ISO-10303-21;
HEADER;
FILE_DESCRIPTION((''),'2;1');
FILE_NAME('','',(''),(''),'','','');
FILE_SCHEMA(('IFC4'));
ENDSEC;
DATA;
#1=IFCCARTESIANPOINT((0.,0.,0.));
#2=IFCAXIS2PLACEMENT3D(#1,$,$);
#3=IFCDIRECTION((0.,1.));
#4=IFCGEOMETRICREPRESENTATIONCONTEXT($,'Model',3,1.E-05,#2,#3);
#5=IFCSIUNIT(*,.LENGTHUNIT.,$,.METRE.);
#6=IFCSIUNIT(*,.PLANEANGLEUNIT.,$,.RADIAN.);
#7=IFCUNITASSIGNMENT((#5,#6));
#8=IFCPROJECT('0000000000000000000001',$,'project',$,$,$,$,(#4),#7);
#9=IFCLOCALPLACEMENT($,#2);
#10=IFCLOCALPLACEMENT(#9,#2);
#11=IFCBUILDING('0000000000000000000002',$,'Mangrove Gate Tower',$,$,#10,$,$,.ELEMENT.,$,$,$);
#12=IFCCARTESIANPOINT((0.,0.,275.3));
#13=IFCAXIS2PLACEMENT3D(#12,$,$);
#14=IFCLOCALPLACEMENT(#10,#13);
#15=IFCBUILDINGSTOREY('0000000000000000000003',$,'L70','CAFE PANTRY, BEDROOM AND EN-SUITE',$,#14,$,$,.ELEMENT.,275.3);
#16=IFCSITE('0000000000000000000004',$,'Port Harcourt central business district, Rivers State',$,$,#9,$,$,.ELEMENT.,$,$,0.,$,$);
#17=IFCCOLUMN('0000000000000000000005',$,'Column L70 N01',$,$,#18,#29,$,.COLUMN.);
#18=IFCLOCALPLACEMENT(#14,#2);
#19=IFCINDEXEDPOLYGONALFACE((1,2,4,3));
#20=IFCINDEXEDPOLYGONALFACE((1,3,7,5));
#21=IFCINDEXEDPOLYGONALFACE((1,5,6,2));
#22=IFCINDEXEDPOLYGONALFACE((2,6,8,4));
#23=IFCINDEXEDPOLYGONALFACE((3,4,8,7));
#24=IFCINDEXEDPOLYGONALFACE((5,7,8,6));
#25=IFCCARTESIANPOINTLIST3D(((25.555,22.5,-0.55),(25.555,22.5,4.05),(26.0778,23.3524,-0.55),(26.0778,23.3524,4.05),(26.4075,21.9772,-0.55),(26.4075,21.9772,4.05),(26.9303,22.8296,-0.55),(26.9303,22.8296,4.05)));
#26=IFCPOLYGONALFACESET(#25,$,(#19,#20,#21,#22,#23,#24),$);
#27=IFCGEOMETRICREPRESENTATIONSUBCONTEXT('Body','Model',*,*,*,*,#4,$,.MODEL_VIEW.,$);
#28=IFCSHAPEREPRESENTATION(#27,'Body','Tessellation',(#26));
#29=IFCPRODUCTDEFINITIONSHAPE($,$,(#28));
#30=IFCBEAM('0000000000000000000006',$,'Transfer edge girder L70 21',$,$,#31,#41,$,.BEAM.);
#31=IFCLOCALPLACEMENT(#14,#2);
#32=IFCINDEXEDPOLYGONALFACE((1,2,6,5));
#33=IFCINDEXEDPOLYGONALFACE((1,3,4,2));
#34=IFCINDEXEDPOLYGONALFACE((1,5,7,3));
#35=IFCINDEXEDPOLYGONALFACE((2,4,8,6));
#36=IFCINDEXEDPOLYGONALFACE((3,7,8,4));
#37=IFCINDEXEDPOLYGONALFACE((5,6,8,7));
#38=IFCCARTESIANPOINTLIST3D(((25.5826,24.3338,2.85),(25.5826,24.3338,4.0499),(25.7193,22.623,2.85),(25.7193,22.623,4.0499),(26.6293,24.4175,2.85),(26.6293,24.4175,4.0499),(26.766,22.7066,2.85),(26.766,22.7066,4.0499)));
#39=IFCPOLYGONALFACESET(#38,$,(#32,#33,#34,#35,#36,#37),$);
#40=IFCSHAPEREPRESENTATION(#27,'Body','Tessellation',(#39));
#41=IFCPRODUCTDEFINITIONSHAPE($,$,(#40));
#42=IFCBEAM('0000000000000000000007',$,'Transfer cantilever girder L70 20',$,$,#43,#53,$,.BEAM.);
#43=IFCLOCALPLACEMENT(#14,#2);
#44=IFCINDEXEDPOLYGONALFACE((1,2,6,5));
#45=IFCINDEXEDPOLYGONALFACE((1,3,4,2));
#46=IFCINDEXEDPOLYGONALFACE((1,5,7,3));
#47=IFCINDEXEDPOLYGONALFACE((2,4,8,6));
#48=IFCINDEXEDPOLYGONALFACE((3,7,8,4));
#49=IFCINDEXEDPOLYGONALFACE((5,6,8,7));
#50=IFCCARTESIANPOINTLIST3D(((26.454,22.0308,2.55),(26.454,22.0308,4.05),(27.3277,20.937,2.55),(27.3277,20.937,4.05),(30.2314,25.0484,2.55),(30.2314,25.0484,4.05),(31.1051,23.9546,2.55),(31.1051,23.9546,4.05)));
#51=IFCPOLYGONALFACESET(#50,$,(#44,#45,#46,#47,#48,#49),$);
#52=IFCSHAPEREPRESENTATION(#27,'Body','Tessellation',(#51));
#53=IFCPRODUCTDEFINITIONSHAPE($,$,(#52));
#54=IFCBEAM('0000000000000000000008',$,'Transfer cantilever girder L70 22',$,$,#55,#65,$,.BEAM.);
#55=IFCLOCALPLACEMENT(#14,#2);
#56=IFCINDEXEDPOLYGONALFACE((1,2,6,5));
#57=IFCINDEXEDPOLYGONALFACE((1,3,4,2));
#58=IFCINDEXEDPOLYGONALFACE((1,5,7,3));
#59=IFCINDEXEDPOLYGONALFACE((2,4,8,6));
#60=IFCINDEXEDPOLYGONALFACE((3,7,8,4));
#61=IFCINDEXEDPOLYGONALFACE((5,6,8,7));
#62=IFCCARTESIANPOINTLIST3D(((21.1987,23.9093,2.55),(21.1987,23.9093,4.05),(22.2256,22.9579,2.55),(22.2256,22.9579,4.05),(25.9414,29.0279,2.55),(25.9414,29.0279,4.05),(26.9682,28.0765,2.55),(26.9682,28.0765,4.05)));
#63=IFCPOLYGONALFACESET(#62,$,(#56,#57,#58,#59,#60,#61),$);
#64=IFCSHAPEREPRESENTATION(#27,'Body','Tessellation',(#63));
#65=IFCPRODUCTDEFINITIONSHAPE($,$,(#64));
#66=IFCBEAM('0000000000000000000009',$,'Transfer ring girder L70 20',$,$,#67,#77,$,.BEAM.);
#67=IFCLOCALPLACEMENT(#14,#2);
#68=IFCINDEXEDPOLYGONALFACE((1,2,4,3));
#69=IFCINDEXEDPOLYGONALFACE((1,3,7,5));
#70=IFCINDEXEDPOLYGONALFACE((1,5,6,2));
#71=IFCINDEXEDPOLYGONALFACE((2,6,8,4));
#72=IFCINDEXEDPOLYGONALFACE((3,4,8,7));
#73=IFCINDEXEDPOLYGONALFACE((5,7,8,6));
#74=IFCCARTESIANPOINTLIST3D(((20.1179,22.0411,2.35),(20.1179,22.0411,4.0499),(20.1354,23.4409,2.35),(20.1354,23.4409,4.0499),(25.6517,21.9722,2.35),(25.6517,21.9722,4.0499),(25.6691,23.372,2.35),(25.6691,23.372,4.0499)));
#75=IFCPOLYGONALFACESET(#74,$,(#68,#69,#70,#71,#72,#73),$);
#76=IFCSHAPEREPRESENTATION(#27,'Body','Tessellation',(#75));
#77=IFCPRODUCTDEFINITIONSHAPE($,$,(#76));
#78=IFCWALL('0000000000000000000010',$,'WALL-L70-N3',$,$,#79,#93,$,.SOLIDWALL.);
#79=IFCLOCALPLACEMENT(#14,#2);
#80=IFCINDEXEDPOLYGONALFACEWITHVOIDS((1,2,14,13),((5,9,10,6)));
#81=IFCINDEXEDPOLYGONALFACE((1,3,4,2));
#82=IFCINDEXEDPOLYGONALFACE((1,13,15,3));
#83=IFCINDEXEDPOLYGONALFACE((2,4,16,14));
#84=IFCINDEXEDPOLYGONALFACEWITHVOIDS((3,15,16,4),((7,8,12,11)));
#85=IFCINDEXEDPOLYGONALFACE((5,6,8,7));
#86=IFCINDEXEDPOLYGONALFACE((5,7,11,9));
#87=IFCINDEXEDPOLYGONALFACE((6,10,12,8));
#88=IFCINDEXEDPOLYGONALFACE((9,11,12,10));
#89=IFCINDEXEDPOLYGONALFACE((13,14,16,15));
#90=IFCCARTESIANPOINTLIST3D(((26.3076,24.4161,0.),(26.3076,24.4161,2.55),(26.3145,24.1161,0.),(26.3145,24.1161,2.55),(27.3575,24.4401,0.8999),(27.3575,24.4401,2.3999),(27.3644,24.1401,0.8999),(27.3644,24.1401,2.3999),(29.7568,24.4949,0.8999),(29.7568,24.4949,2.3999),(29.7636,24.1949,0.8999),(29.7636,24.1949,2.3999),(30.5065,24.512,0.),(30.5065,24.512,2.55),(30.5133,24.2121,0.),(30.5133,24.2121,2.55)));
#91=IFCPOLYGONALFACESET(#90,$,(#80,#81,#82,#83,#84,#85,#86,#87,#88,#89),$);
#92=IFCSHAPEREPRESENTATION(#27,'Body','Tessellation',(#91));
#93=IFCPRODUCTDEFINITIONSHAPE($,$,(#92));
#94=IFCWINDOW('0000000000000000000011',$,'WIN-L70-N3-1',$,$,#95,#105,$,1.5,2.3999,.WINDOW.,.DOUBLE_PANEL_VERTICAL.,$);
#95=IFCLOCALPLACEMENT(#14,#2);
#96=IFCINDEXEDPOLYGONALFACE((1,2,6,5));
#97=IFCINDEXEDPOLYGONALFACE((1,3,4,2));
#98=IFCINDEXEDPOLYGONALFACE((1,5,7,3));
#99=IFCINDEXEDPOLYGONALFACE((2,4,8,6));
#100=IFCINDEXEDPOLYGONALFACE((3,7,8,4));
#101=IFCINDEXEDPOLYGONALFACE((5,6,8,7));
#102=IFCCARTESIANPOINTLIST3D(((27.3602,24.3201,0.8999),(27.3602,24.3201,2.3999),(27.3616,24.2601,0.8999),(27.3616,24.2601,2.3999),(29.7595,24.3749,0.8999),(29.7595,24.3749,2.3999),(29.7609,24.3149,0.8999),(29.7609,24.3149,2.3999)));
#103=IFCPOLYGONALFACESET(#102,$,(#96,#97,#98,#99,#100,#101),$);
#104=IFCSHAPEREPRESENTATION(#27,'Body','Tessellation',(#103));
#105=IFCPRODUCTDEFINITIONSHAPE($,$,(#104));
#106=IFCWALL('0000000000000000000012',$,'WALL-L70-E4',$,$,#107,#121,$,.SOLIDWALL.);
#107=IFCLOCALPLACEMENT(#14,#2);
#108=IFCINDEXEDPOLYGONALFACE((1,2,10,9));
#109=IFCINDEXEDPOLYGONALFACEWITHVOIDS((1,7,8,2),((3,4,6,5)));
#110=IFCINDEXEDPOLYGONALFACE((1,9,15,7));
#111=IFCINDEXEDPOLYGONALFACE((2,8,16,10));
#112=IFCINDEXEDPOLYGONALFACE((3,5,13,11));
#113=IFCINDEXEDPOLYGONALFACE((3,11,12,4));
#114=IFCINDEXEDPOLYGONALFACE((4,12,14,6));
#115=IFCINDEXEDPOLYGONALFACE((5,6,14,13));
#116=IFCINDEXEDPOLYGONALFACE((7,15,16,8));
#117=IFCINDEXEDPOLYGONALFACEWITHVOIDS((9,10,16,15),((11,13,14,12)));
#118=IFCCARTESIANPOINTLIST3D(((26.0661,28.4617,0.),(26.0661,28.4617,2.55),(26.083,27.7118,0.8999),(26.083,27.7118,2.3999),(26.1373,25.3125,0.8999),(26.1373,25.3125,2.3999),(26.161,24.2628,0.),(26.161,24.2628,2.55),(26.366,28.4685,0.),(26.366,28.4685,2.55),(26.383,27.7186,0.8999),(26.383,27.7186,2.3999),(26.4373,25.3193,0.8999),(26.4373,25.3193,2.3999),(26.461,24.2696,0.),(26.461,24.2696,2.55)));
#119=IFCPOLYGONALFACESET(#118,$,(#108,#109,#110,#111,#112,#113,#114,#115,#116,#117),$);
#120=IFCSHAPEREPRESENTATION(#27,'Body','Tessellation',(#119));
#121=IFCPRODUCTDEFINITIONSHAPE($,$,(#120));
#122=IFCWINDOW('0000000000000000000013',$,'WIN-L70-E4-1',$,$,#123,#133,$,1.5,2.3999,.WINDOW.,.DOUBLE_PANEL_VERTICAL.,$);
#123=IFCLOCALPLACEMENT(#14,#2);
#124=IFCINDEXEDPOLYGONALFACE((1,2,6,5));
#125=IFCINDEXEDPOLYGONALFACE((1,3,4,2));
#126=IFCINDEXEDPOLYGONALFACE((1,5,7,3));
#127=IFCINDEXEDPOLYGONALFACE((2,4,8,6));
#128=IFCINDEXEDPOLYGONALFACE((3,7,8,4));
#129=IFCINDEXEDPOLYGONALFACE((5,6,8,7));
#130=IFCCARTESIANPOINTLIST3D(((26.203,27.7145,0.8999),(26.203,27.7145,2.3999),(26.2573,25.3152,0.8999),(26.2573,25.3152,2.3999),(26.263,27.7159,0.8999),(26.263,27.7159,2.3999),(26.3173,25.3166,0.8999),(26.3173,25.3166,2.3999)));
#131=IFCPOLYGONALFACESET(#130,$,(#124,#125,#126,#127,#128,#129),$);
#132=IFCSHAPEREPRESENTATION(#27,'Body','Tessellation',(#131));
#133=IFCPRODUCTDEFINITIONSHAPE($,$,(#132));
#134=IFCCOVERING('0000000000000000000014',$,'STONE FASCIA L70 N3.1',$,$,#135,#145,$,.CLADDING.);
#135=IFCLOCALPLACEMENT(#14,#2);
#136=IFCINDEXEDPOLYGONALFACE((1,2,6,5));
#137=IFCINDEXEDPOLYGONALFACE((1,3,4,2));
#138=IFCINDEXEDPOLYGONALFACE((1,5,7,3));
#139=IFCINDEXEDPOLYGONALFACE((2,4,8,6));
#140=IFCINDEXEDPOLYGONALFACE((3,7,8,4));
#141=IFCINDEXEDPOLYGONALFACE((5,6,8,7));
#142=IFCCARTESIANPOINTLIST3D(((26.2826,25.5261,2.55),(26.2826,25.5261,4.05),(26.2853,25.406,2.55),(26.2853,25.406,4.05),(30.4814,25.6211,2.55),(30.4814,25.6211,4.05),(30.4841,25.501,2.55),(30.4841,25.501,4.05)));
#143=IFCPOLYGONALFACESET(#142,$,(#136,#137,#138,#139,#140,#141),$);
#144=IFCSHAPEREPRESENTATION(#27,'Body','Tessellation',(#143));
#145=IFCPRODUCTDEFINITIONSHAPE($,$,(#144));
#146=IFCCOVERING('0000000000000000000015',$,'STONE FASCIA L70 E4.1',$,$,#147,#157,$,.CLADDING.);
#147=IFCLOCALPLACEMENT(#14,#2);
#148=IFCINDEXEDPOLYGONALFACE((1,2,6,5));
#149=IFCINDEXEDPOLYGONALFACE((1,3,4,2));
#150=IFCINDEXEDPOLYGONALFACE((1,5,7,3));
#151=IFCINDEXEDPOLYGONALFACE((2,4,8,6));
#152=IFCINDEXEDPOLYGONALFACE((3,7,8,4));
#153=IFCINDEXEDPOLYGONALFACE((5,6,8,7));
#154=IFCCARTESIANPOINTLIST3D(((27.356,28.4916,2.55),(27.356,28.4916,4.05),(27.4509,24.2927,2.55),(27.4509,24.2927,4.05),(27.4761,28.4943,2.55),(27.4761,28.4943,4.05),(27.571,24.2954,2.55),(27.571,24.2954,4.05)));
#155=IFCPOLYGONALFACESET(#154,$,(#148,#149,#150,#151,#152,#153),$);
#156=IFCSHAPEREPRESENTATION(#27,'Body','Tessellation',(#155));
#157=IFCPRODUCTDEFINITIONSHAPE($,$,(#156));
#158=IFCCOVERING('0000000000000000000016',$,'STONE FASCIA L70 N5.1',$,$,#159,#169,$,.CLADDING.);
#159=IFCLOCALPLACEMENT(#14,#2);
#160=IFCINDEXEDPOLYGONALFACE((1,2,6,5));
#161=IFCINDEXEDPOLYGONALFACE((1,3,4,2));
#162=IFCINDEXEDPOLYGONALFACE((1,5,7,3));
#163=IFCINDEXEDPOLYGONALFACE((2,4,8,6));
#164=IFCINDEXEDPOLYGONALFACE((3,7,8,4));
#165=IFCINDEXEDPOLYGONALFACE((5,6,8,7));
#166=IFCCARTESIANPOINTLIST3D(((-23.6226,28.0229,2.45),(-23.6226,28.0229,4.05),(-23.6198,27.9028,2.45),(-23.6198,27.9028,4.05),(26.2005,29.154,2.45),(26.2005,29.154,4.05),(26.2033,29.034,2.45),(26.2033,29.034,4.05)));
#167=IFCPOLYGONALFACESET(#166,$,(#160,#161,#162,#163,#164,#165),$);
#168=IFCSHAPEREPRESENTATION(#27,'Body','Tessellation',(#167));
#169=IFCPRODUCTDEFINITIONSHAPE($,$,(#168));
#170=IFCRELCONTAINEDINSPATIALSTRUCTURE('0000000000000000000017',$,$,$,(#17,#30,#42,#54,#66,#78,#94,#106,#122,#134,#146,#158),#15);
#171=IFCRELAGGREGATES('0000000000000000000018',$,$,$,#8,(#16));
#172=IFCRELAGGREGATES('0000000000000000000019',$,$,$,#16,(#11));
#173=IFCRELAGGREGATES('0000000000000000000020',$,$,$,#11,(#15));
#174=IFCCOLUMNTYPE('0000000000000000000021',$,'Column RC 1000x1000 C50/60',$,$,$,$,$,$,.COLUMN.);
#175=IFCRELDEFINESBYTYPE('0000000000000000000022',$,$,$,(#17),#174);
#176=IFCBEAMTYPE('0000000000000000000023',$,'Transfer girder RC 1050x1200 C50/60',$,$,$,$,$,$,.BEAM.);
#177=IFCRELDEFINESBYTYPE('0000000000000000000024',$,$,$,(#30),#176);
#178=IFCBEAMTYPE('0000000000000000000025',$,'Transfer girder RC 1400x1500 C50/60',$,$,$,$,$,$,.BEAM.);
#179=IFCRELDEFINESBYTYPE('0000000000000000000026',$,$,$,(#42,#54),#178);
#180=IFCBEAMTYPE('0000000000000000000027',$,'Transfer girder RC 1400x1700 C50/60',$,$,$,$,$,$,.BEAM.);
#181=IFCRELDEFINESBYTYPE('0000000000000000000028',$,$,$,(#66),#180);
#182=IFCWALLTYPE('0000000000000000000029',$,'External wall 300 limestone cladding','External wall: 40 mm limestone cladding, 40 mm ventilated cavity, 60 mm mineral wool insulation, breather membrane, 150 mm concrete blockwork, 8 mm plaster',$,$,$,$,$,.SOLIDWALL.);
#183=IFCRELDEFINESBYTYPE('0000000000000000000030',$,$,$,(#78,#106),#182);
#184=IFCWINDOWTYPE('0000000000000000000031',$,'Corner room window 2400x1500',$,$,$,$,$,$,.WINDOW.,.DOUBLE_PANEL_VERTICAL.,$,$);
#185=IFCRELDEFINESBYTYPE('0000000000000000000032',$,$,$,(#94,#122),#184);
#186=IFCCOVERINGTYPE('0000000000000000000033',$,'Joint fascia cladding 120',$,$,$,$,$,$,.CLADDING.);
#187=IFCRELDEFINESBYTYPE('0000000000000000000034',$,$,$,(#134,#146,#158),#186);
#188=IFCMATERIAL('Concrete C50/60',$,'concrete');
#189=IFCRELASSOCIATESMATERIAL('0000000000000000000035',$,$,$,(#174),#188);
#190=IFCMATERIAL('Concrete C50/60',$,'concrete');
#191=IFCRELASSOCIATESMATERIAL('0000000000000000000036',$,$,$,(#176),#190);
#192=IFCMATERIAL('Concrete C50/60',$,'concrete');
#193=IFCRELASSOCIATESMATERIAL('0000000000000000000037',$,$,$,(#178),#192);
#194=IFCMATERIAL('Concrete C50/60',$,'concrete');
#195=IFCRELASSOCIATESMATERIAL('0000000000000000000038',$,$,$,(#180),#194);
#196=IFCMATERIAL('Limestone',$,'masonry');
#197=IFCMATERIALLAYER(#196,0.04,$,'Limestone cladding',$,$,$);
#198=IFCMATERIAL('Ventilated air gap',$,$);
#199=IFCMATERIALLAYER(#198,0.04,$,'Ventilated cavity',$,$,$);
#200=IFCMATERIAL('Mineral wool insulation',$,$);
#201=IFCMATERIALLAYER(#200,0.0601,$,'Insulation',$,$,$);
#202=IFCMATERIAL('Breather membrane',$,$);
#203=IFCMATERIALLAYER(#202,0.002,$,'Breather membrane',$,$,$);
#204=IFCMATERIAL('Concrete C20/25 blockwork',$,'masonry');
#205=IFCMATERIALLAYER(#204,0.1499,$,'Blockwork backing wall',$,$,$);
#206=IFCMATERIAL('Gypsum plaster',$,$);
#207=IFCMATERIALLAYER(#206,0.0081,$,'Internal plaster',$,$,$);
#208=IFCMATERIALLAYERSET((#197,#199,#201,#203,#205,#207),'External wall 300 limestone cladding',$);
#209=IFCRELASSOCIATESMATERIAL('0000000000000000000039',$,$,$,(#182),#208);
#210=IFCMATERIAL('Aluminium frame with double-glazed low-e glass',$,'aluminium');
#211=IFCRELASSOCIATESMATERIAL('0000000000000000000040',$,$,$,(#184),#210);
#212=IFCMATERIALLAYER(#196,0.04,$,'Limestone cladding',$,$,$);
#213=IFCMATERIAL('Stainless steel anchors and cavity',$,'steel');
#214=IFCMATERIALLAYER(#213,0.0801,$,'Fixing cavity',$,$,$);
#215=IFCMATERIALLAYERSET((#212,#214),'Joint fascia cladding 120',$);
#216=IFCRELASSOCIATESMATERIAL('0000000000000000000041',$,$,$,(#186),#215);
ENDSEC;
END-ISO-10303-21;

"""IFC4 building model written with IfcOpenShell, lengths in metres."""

from ifc_helpers import new_model, si_unit, direction, frame, frame_2d, origin, origin_2d, place, context, subcontext, project, spatial, rectangle, extrude, material, layer, layer_set, material_profile, profile_set, type_object, element, fill, save


model = new_model("IFC4")

# Units and contexts
model_context = context("Model", 3, precision=1e-05, world=origin(), true_north=direction((0.0, 1.0)))
body_context = subcontext(model_context, "Body", "Model", "MODEL_VIEW")
ifc_project = project(units=[si_unit("LENGTHUNIT", "METRE"), si_unit("PLANEANGLEUNIT", "RADIAN")], contexts=[model_context])

# Site, building, storey
site_placement = place(None, origin())
site = spatial("IfcSite", under=ifc_project, at=site_placement, Name="Port Harcourt central business district, Rivers State", CompositionType="ELEMENT", RefElevation=0.0)
building_placement = place(site_placement, origin())
building = spatial("IfcBuilding", under=site, at=building_placement, Name="Mangrove Gate Tower", CompositionType="ELEMENT")
storey_placement = place(building_placement, frame((0.0, 0.0, 275.3)))
storey = spatial("IfcBuildingStorey", under=building, at=storey_placement, Name="L70", Description="CAFE PANTRY, BEDROOM AND EN-SUITE", CompositionType="ELEMENT", Elevation=275.3)

# Column
ifc_material_1 = material(Name="Concrete C50/60", Category="concrete")
ifc_material_profile_1 = material_profile(ifc_material_1, rectangle(XDim=1.0, YDim=1.0, at=origin_2d()))
ifc_profile_set_1 = profile_set([ifc_material_profile_1], Name="Concrete C50/60")
column_type = type_object("IfcColumnType", Name="Column RC 1000x1000 C50/60", PredefinedType="COLUMN", material=ifc_profile_set_1)
column_placement = place(storey_placement, frame((26.2427, 22.6648, -0.55), z_axis=(0.0, 0.0, 1.0), x_axis=(-0.852457, 0.522798, 0.0)))
element("IfcColumn", 1, at=column_placement, inside=storey, type_object=column_type, Name="Column L70 N01", PredefinedType="COLUMN", context=body_context, shape_type="SweptSolid", body=[
    extrude(rectangle(XDim=1.0, YDim=1.0, at=origin_2d()), origin(), (0.0, 0.0, 1.0), 4.6001),
])

# Beams
ifc_material_2 = material(Name="Concrete C50/60", Category="concrete")
ifc_material_profile_2 = material_profile(ifc_material_2, rectangle(XDim=1.05, YDim=1.2, at=origin_2d()))
ifc_profile_set_2 = profile_set([ifc_material_profile_2], Name="Concrete C50/60")
beam_type_1 = type_object("IfcBeamType", Name="Transfer girder RC 1050x1200 C50/60", PredefinedType="BEAM", material=ifc_profile_set_2)
beam_1_placement = place(storey_placement, frame((26.2427, 22.6648, 3.45), z_axis=(-0.079655, 0.996823, 0.0), x_axis=(-0.996823, -0.079655, 0.0)))
element("IfcBeam", 2, at=beam_1_placement, inside=storey, type_object=beam_type_1, Name="Transfer edge girder L70 21", PredefinedType="BEAM", context=body_context, shape_type="SweptSolid", body=[
    extrude(rectangle(XDim=1.05, YDim=1.2, at=origin_2d()), origin(), (0.0, 0.0, 1.0), 1.7163),
])
ifc_material_3 = material(Name="Concrete C50/60", Category="concrete")
ifc_material_profile_3 = material_profile(ifc_material_3, rectangle(XDim=1.3999, YDim=1.5, at=origin_2d()))
ifc_profile_set_3 = profile_set([ifc_material_profile_3], Name="Concrete C50/60")
beam_type_2 = type_object("IfcBeamType", Name="Transfer girder RC 1400x1500 C50/60", PredefinedType="BEAM", material=ifc_profile_set_3)
beam_2_placement = place(storey_placement, frame((26.8909, 21.4839, 3.3), z_axis=(0.781302, 0.624153, 0.0), x_axis=(-0.624153, 0.781302, 0.0)))
element("IfcBeam", 3, at=beam_2_placement, inside=storey, type_object=beam_type_2, Name="Transfer cantilever girder L70 20", PredefinedType="BEAM", context=body_context, shape_type="SweptSolid", body=[
    extrude(rectangle(XDim=1.3999, YDim=1.5, at=origin_2d()), origin(), (0.0, 0.0, 1.0), 4.8347),
])
beam_3_placement = place(storey_placement, frame((21.7122, 23.4336, 3.3), z_axis=(0.679654, 0.733533, 0.0), x_axis=(-0.733533, 0.679654, 0.0)))
element("IfcBeam", 4, at=beam_3_placement, inside=storey, type_object=beam_type_2, Name="Transfer cantilever girder L70 22", PredefinedType="BEAM", context=body_context, shape_type="SweptSolid", body=[
    extrude(rectangle(XDim=1.3999, YDim=1.5, at=origin_2d()), origin(), (0.0, 0.0, 1.0), 6.978),
])
ifc_material_4 = material(Name="Concrete C50/60", Category="concrete")
ifc_material_profile_4 = material_profile(ifc_material_4, rectangle(XDim=1.3999, YDim=1.7, at=origin_2d()))
ifc_profile_set_4 = profile_set([ifc_material_profile_4], Name="Concrete C50/60")
beam_type_3 = type_object("IfcBeamType", Name="Transfer girder RC 1400x1700 C50/60", PredefinedType="BEAM", material=ifc_profile_set_4)
beam_4_placement = place(storey_placement, frame((25.6604, 22.6721, 3.2), z_axis=(-0.999923, 0.012441, 0.0), x_axis=(-0.012441, -0.999923, 0.0)))
element("IfcBeam", 5, at=beam_4_placement, inside=storey, type_object=beam_type_3, Name="Transfer ring girder L70 20", PredefinedType="BEAM", context=body_context, shape_type="SweptSolid", body=[
    extrude(rectangle(XDim=1.3999, YDim=1.7, at=origin_2d()), origin(), (0.0, 0.0, 1.0), 5.5342),
])

# Walls, openings, windows
ifc_material_5 = material(Name="Limestone", Category="masonry")
ifc_layer_1 = layer(ifc_material_5, 0.04, Name="Limestone cladding")
ifc_material_6 = material(Name="Ventilated air gap")
ifc_layer_2 = layer(ifc_material_6, 0.04, Name="Ventilated cavity")
ifc_material_7 = material(Name="Mineral wool insulation")
ifc_layer_3 = layer(ifc_material_7, 0.0601, Name="Insulation")
ifc_material_8 = material(Name="Breather membrane")
ifc_layer_4 = layer(ifc_material_8, 0.002, Name="Breather membrane")
ifc_material_9 = material(Name="Concrete C20/25 blockwork", Category="masonry")
ifc_layer_5 = layer(ifc_material_9, 0.1499, Name="Blockwork backing wall")
ifc_material_10 = material(Name="Gypsum plaster")
ifc_layer_6 = layer(ifc_material_10, 0.0081, Name="Internal plaster")
ifc_layer_set_1 = layer_set([ifc_layer_1, ifc_layer_2, ifc_layer_3, ifc_layer_4, ifc_layer_5, ifc_layer_6], Name="External wall 300 limestone cladding")
wall_type = type_object("IfcWallType", Name="External wall 300 limestone cladding", Description="External wall: 40 mm limestone cladding, 40 mm ventilated cavity, 60 mm mineral wool insulation, breather membrane, 150 mm concrete blockwork, 8 mm plaster", PredefinedType="SOLIDWALL", material=ifc_layer_set_1)
wall_1_placement = place(storey_placement, frame((30.51, 24.3621, 0.0), z_axis=(0.0, 0.0, 1.0), x_axis=(-0.999739, -0.022844, 0.0)))
wall_1 = element("IfcWall", 6, at=wall_1_placement, inside=storey, type_object=wall_type, Name="WALL-L70-N3", PredefinedType="SOLIDWALL", context=body_context, shape_type="SweptSolid", body=[
    extrude(rectangle(XDim=4.2, YDim=0.3, at=frame_2d((2.1001, 0.0))), origin(), (0.0, 0.0, 1.0), 2.55),
])
opening_1_placement = place(wall_1_placement, frame((0.75, 0.0, 0.8999)))
opening_1 = element("IfcOpeningElement", 7, at=opening_1_placement, cuts=wall_1, PredefinedType="OPENING", context=body_context, shape_type="SweptSolid", body=[
    extrude(rectangle(XDim=2.3999, YDim=1.5, at=frame_2d((1.2, 0.75))), frame((0.0, 0.1599, 0.0), z_axis=(0.0, -1.0, 0.0), x_axis=(1.0, 0.0, 0.0)), (0.0, 0.0, 1.0), 0.3201),
])
ifc_material_11 = material(Name="Aluminium frame with double-glazed low-e glass", Category="aluminium")
window_type_1 = type_object("IfcWindowType", Name="Corner room window 2400x1500", PartitioningType="DOUBLE_PANEL_VERTICAL", PredefinedType="WINDOW", material=ifc_material_11)
window_1_placement = place(opening_1_placement, origin())
window_1 = element("IfcWindow", 8, at=window_1_placement, inside=storey, type_object=window_type_1, Name="WIN-L70-N3-1", OverallHeight=1.5, OverallWidth=2.3999, PartitioningType="DOUBLE_PANEL_VERTICAL", PredefinedType="WINDOW", context=body_context, shape_type="SweptSolid", body=[
    extrude(rectangle(XDim=2.3999, YDim=1.5, at=frame_2d((1.2, 0.75))), frame((0.0, 0.03, 0.0), z_axis=(0.0, -1.0, 0.0), x_axis=(1.0, 0.0, 0.0)), (0.0, 0.0, 1.0), 0.0601),
])
fill(opening_1, window_1)
wall_2_placement = place(storey_placement, frame((26.311, 24.2661, 0.0), z_axis=(0.0, 0.0, 1.0), x_axis=(-0.022612, 0.999744, 0.0)))
wall_2 = element("IfcWall", 9, at=wall_2_placement, inside=storey, type_object=wall_type, Name="WALL-L70-E4", PredefinedType="SOLIDWALL", context=body_context, shape_type="SweptSolid", body=[
    extrude(rectangle(XDim=4.2, YDim=0.3, at=frame_2d((2.1001, 0.0))), origin(), (0.0, 0.0, 1.0), 2.55),
])
opening_2_placement = place(wall_2_placement, frame((1.05, 0.0, 0.8999)))
opening_2 = element("IfcOpeningElement", 10, at=opening_2_placement, cuts=wall_2, PredefinedType="OPENING", context=body_context, shape_type="SweptSolid", body=[
    extrude(rectangle(XDim=2.3999, YDim=1.5, at=frame_2d((1.2, 0.75))), frame((0.0, 0.1599, 0.0), z_axis=(0.0, -1.0, 0.0), x_axis=(1.0, 0.0, 0.0)), (0.0, 0.0, 1.0), 0.3201),
])
window_2_placement = place(opening_2_placement, origin())
window_2 = element("IfcWindow", 11, at=window_2_placement, inside=storey, type_object=window_type_1, Name="WIN-L70-E4-1", OverallHeight=1.5, OverallWidth=2.3999, PartitioningType="DOUBLE_PANEL_VERTICAL", PredefinedType="WINDOW", context=body_context, shape_type="SweptSolid", body=[
    extrude(rectangle(XDim=2.3999, YDim=1.5, at=frame_2d((1.2, 0.75))), frame((0.0, 0.03, 0.0), z_axis=(0.0, -1.0, 0.0), x_axis=(1.0, 0.0, 0.0)), (0.0, 0.0, 1.0), 0.0601),
])
fill(opening_2, window_2)

# Coverings
ifc_layer_7 = layer(ifc_material_5, 0.04, Name="Limestone cladding")
ifc_material_12 = material(Name="Stainless steel anchors and cavity", Category="steel")
ifc_layer_8 = layer(ifc_material_12, 0.0801, Name="Fixing cavity")
ifc_layer_set_2 = layer_set([ifc_layer_7, ifc_layer_8], Name="Joint fascia cladding 120")
covering_type = type_object("IfcCoveringType", Name="Joint fascia cladding 120", PredefinedType="CLADDING", material=ifc_layer_set_2)
for number, where, z_axis, x_axis, name in (
    (12, (30.4829, 25.561, 2.55), (0.0, 0.0, 1.0), (-0.999744, -0.022612, 0.0), "STONE FASCIA L70 N3.1"),
    (13, (27.511, 24.2939, 2.55), (0.0, 0.0, 1.0), (-0.022612, 0.999744, 0.0), "STONE FASCIA L70 E4.1"),
):
    element("IfcCovering", number, at=place(storey_placement, frame(where, z_axis=z_axis, x_axis=x_axis)), inside=storey, type_object=covering_type, Name=name, PredefinedType="CLADDING", context=body_context, shape_type="SweptSolid", body=[
        extrude(rectangle(XDim=4.2, YDim=0.1201, at=frame_2d((2.1001, 0.0))), origin(), (0.0, 0.0, 1.0), 1.5),
    ])
covering_placement = place(storey_placement, frame((26.2019, 29.094, 2.45), z_axis=(0.0, 0.0, 1.0), x_axis=(-0.999742, -0.022697, 0.0)))
element("IfcCovering", 14, at=covering_placement, inside=storey, type_object=covering_type, Name="STONE FASCIA L70 N5.1", PredefinedType="CLADDING", context=body_context, shape_type="SweptSolid", body=[
    extrude(rectangle(XDim=49.8359, YDim=0.1201, at=frame_2d((24.918, 0.0))), origin(), (0.0, 0.0, 1.0), 1.6001),
])

save(model, "model.ifc")
